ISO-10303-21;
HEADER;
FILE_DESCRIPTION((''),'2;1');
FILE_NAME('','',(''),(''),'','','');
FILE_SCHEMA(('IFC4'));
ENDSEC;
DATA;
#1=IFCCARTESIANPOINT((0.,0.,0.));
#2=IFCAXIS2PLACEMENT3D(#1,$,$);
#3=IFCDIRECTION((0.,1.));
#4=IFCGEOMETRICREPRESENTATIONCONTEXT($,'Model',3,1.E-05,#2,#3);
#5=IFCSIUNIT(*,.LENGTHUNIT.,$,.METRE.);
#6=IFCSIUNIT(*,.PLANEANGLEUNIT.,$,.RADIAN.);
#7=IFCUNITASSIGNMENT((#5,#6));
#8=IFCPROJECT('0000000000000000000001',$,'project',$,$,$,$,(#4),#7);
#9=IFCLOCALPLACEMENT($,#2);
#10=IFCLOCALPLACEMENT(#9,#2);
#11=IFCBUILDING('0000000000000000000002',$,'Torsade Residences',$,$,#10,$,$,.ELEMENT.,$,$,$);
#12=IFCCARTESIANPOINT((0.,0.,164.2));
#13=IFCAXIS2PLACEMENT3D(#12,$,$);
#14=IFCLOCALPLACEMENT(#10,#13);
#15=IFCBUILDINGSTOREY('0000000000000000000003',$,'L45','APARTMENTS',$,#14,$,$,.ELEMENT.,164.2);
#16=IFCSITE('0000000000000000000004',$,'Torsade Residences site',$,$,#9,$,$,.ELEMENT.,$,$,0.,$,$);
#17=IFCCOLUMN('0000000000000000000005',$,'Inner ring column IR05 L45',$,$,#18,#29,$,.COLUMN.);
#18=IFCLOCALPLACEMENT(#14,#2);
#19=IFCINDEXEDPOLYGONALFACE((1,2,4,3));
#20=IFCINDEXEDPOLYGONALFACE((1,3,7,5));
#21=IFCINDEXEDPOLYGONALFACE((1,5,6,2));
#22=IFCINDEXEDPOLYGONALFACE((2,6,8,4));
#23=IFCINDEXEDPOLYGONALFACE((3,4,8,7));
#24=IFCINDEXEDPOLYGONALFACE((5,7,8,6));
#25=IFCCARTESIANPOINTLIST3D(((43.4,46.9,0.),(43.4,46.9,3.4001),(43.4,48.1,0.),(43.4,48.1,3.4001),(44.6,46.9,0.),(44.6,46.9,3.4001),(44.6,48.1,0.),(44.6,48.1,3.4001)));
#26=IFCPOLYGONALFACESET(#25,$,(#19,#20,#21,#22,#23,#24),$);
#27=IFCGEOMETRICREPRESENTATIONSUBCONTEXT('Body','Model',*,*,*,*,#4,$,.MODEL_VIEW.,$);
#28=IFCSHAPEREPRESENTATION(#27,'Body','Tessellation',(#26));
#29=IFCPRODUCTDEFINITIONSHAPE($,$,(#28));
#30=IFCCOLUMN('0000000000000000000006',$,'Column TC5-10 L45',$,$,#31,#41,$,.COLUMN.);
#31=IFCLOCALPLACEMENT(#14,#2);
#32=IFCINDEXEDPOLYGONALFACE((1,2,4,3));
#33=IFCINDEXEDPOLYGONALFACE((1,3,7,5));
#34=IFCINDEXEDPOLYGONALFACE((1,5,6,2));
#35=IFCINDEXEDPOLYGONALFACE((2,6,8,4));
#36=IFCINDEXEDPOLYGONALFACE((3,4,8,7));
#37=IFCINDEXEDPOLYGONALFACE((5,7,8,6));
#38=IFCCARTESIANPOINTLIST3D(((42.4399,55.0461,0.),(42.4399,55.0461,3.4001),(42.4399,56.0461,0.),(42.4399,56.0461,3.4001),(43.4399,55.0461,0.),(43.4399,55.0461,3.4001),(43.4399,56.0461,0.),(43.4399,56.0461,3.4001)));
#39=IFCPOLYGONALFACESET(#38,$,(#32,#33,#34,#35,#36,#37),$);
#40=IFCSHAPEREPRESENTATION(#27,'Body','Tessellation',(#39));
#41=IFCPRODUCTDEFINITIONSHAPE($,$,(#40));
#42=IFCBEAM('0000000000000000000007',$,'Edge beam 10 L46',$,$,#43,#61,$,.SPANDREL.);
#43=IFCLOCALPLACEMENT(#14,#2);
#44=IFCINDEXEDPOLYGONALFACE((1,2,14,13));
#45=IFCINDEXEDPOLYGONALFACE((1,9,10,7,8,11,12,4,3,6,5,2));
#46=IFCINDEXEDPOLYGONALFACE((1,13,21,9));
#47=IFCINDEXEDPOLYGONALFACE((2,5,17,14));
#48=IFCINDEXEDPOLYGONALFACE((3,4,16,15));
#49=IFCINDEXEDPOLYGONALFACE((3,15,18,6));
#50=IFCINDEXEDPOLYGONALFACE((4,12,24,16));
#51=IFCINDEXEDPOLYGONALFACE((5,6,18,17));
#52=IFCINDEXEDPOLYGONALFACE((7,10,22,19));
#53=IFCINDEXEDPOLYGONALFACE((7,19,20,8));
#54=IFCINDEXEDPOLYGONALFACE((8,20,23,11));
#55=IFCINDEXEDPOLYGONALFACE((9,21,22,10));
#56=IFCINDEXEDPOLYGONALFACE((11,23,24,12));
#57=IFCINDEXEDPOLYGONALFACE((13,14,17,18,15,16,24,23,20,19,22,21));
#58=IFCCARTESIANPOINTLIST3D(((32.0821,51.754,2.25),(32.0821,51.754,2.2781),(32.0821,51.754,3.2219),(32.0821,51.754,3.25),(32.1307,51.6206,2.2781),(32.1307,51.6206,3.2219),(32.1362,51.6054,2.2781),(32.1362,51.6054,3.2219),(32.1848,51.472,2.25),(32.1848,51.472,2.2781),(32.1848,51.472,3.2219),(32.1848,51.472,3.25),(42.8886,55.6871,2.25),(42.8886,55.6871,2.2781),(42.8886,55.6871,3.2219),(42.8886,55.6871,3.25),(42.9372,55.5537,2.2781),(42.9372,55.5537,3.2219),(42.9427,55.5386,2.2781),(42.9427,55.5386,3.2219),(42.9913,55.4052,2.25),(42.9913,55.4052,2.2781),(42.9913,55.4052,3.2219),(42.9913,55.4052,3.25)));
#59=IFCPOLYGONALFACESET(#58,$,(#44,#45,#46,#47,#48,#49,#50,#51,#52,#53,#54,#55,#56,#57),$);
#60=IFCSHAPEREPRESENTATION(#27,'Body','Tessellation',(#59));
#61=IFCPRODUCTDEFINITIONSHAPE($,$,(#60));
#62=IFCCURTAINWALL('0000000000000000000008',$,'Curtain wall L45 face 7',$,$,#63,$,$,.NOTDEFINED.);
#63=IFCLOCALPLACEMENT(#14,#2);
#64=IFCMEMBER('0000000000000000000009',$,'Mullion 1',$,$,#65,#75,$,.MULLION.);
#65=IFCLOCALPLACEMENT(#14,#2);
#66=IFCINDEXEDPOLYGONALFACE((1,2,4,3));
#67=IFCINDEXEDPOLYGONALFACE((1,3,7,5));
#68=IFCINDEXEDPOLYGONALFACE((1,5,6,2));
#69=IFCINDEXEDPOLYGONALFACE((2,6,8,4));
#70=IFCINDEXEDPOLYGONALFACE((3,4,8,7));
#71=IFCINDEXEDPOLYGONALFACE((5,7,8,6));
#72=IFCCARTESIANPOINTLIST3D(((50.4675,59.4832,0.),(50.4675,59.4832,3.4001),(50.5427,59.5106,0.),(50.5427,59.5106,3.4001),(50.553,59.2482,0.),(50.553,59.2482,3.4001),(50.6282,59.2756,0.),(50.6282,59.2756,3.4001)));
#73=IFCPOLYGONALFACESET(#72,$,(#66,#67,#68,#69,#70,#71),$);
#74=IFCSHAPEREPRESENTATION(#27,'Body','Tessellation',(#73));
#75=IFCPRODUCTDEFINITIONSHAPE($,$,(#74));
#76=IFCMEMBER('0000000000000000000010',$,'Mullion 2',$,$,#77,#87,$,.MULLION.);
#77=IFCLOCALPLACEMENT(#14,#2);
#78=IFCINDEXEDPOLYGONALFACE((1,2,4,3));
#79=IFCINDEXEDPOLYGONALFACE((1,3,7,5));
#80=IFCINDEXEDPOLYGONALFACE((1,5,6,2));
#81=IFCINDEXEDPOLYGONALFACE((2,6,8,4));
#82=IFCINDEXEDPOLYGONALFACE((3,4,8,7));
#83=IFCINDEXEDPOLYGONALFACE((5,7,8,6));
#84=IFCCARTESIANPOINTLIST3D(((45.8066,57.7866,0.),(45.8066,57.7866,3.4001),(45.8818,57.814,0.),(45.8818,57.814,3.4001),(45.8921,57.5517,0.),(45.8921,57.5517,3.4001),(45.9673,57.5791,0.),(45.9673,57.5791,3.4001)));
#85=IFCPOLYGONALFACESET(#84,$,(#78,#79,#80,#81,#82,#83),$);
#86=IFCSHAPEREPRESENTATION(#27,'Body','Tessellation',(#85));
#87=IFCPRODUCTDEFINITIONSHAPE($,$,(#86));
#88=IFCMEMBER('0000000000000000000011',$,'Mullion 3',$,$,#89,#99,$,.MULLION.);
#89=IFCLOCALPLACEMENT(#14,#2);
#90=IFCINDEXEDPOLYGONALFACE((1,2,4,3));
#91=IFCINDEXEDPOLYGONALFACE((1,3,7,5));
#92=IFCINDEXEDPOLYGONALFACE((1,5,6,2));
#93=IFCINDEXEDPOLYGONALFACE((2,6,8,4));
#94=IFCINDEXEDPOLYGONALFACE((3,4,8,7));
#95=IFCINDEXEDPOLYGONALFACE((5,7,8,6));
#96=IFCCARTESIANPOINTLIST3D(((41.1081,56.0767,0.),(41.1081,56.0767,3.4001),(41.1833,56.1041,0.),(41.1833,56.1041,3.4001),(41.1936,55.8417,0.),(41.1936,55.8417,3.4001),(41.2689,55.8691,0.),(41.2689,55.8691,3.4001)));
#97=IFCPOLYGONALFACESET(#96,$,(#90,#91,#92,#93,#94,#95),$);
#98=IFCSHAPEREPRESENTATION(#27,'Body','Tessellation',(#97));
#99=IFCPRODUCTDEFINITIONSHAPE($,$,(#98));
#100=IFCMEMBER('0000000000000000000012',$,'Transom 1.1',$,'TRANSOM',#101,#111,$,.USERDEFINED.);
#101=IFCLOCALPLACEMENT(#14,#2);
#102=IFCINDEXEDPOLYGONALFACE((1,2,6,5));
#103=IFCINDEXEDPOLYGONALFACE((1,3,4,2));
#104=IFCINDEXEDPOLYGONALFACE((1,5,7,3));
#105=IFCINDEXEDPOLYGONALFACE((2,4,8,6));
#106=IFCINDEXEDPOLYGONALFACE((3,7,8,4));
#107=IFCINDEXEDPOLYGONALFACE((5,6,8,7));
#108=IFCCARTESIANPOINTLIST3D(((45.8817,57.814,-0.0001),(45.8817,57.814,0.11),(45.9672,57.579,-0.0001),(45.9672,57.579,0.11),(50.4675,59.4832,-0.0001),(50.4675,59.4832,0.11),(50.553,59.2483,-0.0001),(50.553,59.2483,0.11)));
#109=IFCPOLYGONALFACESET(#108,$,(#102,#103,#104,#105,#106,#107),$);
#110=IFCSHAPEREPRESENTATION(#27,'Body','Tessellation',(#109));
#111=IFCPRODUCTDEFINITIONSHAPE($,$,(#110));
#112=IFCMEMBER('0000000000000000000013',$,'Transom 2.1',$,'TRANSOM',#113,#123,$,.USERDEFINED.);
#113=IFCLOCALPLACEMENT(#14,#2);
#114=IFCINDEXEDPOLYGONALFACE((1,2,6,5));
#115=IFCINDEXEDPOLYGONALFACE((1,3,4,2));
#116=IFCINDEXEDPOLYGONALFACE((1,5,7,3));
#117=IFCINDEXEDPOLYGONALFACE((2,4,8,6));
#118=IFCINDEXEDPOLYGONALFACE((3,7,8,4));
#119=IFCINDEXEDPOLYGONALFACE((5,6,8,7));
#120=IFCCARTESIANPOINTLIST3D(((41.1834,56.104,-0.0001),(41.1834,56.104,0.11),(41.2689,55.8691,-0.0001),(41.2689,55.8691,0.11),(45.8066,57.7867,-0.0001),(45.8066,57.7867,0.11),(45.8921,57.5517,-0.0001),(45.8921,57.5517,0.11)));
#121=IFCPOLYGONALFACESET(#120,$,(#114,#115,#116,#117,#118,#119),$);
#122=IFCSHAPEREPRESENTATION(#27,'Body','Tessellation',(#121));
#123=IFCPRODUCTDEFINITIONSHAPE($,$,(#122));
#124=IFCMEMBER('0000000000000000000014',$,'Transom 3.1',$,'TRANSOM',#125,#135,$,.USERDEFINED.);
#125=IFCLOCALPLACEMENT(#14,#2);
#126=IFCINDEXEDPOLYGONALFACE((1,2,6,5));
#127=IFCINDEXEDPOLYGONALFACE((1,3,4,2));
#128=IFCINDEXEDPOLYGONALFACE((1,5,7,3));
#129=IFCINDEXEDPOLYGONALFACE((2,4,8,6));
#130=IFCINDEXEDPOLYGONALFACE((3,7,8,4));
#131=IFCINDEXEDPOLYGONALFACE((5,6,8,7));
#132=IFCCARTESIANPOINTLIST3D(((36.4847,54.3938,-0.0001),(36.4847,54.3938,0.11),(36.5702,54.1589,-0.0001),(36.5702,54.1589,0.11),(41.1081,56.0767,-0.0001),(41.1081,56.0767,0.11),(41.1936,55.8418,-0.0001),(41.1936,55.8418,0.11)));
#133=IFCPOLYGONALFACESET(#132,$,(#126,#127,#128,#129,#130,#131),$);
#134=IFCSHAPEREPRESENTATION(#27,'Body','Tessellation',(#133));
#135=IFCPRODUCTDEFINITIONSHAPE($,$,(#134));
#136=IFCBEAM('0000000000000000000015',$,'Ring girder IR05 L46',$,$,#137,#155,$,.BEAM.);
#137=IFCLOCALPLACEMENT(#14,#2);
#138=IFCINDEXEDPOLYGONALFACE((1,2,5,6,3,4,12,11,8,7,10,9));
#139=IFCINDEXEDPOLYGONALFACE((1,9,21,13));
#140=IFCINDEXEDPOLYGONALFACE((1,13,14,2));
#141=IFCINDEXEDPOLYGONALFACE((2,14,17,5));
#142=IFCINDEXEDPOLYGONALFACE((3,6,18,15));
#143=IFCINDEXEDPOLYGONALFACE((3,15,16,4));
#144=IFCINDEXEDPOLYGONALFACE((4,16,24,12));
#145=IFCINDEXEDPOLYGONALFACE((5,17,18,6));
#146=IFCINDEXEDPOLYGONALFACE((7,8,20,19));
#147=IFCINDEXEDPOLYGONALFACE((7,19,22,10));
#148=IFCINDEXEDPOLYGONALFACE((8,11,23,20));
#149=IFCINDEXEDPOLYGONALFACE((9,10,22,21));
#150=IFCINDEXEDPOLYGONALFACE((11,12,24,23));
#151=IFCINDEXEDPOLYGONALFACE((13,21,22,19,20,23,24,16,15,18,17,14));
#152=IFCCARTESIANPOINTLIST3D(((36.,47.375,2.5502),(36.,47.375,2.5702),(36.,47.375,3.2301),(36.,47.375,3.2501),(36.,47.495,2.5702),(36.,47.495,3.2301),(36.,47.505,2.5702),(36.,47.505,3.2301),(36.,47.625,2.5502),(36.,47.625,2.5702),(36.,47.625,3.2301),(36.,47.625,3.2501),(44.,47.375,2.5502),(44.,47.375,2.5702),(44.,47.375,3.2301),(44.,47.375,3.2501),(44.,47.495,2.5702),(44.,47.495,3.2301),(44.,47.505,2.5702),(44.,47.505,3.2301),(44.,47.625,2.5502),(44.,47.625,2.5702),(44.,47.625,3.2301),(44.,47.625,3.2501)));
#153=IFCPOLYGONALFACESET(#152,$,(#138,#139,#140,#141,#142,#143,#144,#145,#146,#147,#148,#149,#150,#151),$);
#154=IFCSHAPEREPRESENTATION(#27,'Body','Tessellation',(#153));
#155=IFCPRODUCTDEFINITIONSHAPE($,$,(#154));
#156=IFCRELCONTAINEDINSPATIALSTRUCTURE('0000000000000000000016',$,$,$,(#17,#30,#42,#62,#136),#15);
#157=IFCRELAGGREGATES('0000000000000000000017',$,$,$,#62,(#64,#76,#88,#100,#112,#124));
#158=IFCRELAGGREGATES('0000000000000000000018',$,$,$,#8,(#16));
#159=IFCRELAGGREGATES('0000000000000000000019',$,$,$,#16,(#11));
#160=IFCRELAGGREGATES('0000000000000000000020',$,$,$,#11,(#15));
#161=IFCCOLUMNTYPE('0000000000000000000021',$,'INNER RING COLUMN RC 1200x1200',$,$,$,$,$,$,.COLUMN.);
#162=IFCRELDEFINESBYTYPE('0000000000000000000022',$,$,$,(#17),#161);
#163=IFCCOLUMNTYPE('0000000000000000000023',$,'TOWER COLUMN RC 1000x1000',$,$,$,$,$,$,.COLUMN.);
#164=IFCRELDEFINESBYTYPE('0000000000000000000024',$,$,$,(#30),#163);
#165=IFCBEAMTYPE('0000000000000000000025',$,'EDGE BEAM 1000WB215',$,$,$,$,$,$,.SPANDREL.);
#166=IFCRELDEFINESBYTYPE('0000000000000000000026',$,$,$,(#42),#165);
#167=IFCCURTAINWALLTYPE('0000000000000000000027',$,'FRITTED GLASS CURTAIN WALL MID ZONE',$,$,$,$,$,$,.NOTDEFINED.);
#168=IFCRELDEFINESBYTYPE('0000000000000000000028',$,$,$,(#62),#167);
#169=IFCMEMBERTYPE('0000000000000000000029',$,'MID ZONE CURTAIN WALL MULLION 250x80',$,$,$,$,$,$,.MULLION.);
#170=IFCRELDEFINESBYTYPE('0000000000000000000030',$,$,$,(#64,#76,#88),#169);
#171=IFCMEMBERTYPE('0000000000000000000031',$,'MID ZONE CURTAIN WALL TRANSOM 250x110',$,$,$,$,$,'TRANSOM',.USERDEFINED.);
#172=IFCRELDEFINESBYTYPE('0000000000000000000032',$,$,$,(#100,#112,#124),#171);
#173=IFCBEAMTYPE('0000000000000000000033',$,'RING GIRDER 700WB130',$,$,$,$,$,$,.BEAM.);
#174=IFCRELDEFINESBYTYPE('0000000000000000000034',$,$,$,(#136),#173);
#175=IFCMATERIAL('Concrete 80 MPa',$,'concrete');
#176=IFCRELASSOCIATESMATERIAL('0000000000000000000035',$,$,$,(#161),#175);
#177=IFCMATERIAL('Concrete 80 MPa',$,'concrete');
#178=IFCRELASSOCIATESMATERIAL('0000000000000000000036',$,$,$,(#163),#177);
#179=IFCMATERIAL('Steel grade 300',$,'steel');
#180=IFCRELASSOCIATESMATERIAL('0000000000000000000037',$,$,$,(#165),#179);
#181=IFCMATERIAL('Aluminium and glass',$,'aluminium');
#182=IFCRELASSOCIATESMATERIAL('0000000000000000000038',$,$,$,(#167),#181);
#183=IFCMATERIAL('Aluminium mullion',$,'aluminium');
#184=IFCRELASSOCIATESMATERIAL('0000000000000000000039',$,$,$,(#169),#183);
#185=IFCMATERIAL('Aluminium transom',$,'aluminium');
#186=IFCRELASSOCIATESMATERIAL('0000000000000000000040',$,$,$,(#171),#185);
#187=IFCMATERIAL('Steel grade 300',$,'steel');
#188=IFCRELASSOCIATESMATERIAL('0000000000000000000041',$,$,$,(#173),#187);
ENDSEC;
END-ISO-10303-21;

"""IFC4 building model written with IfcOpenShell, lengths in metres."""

from ifc_helpers import new_model, si_unit, direction, frame, origin, origin_2d, place, context, subcontext, project, spatial, rectangle, i_section, extrude, material, material_profile, profile_set, type_object, element, aggregate, save


model = new_model("IFC4")

# Units and contexts
model_context = context("Model", 3, precision=1e-05, world=origin(), true_north=direction((0.0, 1.0)))
body_context = subcontext(model_context, "Body", "Model", "MODEL_VIEW")
ifc_project = project(units=[si_unit("LENGTHUNIT", "METRE"), si_unit("PLANEANGLEUNIT", "RADIAN")], contexts=[model_context])

# Site, building, storey
site_placement = place(None, origin())
site = spatial("IfcSite", under=ifc_project, at=site_placement, Name="Torsade Residences site", CompositionType="ELEMENT", RefElevation=0.0)
building_placement = place(site_placement, origin())
building = spatial("IfcBuilding", under=site, at=building_placement, Name="Torsade Residences", CompositionType="ELEMENT")
storey_placement = place(building_placement, frame((0.0, 0.0, 164.2)))
storey = spatial("IfcBuildingStorey", under=building, at=storey_placement, Name="L45", Description="APARTMENTS", CompositionType="ELEMENT", Elevation=164.2)

# Columns
ifc_material_1 = material(Name="Concrete 80 MPa", Category="concrete")
ifc_material_profile_1 = material_profile(ifc_material_1, rectangle(XDim=1.2, YDim=1.2, at=origin_2d()), Name="RC 1200x1200")
ifc_profile_set_1 = profile_set([ifc_material_profile_1], Name="Concrete 80 MPa")
column_type_1 = type_object("IfcColumnType", Name="INNER RING COLUMN RC 1200x1200", PredefinedType="COLUMN", material=ifc_profile_set_1)
column_1_placement = place(storey_placement, frame((44.0, 47.5, 0.0), z_axis=(0.0, 0.0, 1.0), x_axis=(1.0, 0.0, 0.0)))
element("IfcColumn", 1, at=column_1_placement, inside=storey, type_object=column_type_1, Name="Inner ring column IR05 L45", PredefinedType="COLUMN", context=body_context, shape_type="SweptSolid", body=[
    extrude(rectangle(XDim=1.2, YDim=1.2, at=origin_2d()), origin(), (0.0, 0.0, 1.0), 3.4001),
])
ifc_material_2 = material(Name="Concrete 80 MPa", Category="concrete")
ifc_material_profile_2 = material_profile(ifc_material_2, rectangle(XDim=1.0, YDim=1.0, at=origin_2d()), Name="RC 1000x1000")
ifc_profile_set_2 = profile_set([ifc_material_profile_2], Name="Concrete 80 MPa")
column_type_2 = type_object("IfcColumnType", Name="TOWER COLUMN RC 1000x1000", PredefinedType="COLUMN", material=ifc_profile_set_2)
column_2_placement = place(storey_placement, frame((42.9399, 55.5461, 0.0), z_axis=(0.0, 0.0, 1.0), x_axis=(1.0, 0.0, 0.0)))
element("IfcColumn", 2, at=column_2_placement, inside=storey, type_object=column_type_2, Name="Column TC5-10 L45", PredefinedType="COLUMN", context=body_context, shape_type="SweptSolid", body=[
    extrude(rectangle(XDim=1.0, YDim=1.0, at=origin_2d()), origin(), (0.0, 0.0, 1.0), 3.4001),
])

# Beam
ifc_material_3 = material(Name="Steel grade 300", Category="steel")
ifc_material_profile_3 = material_profile(ifc_material_3, i_section(OverallWidth=0.3, OverallDepth=1.0, WebThickness=0.0161, FlangeThickness=0.0281, at=origin_2d()), Name="1000WB215")
ifc_profile_set_3 = profile_set([ifc_material_profile_3], Name="Steel grade 300")
beam_type_1 = type_object("IfcBeamType", Name="EDGE BEAM 1000WB215", PredefinedType="SPANDREL", material=ifc_profile_set_3)
beam_1_placement = place(storey_placement, frame((42.9399, 55.5461, 2.75), z_axis=(-0.939695, -0.342012, 0.0), x_axis=(0.342012, -0.939695, 0.0)))
element("IfcBeam", 3, at=beam_1_placement, inside=storey, type_object=beam_type_1, Name="Edge beam 10 L46", PredefinedType="SPANDREL", context=body_context, shape_type="SweptSolid", body=[
    extrude(i_section(OverallWidth=0.3, OverallDepth=1.0, WebThickness=0.0161, FlangeThickness=0.0281, at=origin_2d()), origin(), (0.0, 0.0, 1.0), 11.5),
])

# Curtain wall, members
ifc_material_4 = material(Name="Aluminium and glass", Category="aluminium")
curtain_wall_type = type_object("IfcCurtainWallType", Name="FRITTED GLASS CURTAIN WALL MID ZONE", PredefinedType="NOTDEFINED", material=ifc_material_4)
curtain_wall_placement = place(storey_placement, origin())
curtain_wall = element("IfcCurtainWall", 4, at=curtain_wall_placement, inside=storey, type_object=curtain_wall_type, Name="Curtain wall L45 face 7", PredefinedType="NOTDEFINED")
ifc_material_5 = material(Name="Aluminium mullion", Category="aluminium")
ifc_material_profile_4 = material_profile(ifc_material_5, rectangle(XDim=0.25, YDim=0.0801, at=origin_2d()), Name="MID ZONE CURTAIN WALL MULLION 250x80")
ifc_profile_set_4 = profile_set([ifc_material_profile_4], Name="Aluminium mullion")
member_type_1 = type_object("IfcMemberType", Name="MID ZONE CURTAIN WALL MULLION 250x80", PredefinedType="MULLION", material=ifc_profile_set_4)
member_1_placement = place(storey_placement, frame((50.5479, 59.3794, 0.0), z_axis=(0.0, 0.0, 1.0), x_axis=(0.34202, -0.939693, 0.0)))
member_1 = element("IfcMember", 5, at=member_1_placement, type_object=member_type_1, Name="Mullion 1", PredefinedType="MULLION", context=body_context, shape_type="SweptSolid", body=[
    extrude(rectangle(XDim=0.25, YDim=0.0801, at=origin_2d()), origin(), (0.0, 0.0, 1.0), 3.4001),
])
member_2_placement = place(storey_placement, frame((45.887, 57.6829, 0.0), z_axis=(0.0, 0.0, 1.0), x_axis=(0.34202, -0.939693, 0.0)))
member_2 = element("IfcMember", 6, at=member_2_placement, type_object=member_type_1, Name="Mullion 2", PredefinedType="MULLION", context=body_context, shape_type="SweptSolid", body=[
    extrude(rectangle(XDim=0.25, YDim=0.0801, at=origin_2d()), origin(), (0.0, 0.0, 1.0), 3.4001),
])
member_3_placement = place(storey_placement, frame((41.1885, 55.9729, 0.0), z_axis=(0.0, 0.0, 1.0), x_axis=(0.34202, -0.939693, 0.0)))
member_3 = element("IfcMember", 7, at=member_3_placement, type_object=member_type_1, Name="Mullion 3", PredefinedType="MULLION", context=body_context, shape_type="SweptSolid", body=[
    extrude(rectangle(XDim=0.25, YDim=0.0801, at=origin_2d()), origin(), (0.0, 0.0, 1.0), 3.4001),
])
ifc_material_6 = material(Name="Aluminium transom", Category="aluminium")
ifc_material_profile_5 = material_profile(ifc_material_6, rectangle(XDim=0.25, YDim=0.1101, at=origin_2d()), Name="MID ZONE CURTAIN WALL TRANSOM 250x110")
ifc_profile_set_5 = profile_set([ifc_material_profile_5], Name="Aluminium transom")
member_type_2 = type_object("IfcMemberType", Name="MID ZONE CURTAIN WALL TRANSOM 250x110", ElementType="TRANSOM", PredefinedType="USERDEFINED", material=ifc_profile_set_5)
member_4_placement = place(storey_placement, frame((50.5103, 59.3657, 0.0549), z_axis=(-0.939684, -0.342044, 0.0), x_axis=(0.342044, -0.939684, 0.0)))
member_4 = element("IfcMember", 8, at=member_4_placement, type_object=member_type_2, Name="Transom 1.1", ObjectType="TRANSOM", PredefinedType="USERDEFINED", context=body_context, shape_type="SweptSolid", body=[
    extrude(rectangle(XDim=0.25, YDim=0.1101, at=origin_2d()), origin(), (0.0, 0.0, 1.0), 4.8801),
])
member_5_placement = place(storey_placement, frame((45.8494, 57.6692, 0.0549), z_axis=(-0.939701, -0.341998, 0.0), x_axis=(0.341998, -0.939701, 0.0)))
member_5 = element("IfcMember", 9, at=member_5_placement, type_object=member_type_2, Name="Transom 2.1", ObjectType="TRANSOM", PredefinedType="USERDEFINED", context=body_context, shape_type="SweptSolid", body=[
    extrude(rectangle(XDim=0.25, YDim=0.1101, at=origin_2d()), origin(), (0.0, 0.0, 1.0), 4.9199),
])
member_6_placement = place(storey_placement, frame((41.1509, 55.9592, 0.0549), z_axis=(-0.939685, -0.342042, 0.0), x_axis=(0.342042, -0.939685, 0.0)))
member_6 = element("IfcMember", 10, at=member_6_placement, type_object=member_type_2, Name="Transom 3.1", ObjectType="TRANSOM", PredefinedType="USERDEFINED", context=body_context, shape_type="SweptSolid", body=[
    extrude(rectangle(XDim=0.25, YDim=0.1101, at=origin_2d()), origin(), (0.0, 0.0, 1.0), 4.9202),
])

# Beam
ifc_material_7 = material(Name="Steel grade 300", Category="steel")
ifc_material_profile_6 = material_profile(ifc_material_7, i_section(OverallWidth=0.25, OverallDepth=0.7, WebThickness=0.01, FlangeThickness=0.02, at=origin_2d()), Name="700WB130")
ifc_profile_set_6 = profile_set([ifc_material_profile_6], Name="Steel grade 300")
beam_type_2 = type_object("IfcBeamType", Name="RING GIRDER 700WB130", PredefinedType="BEAM", material=ifc_profile_set_6)
beam_2_placement = place(storey_placement, frame((44.0, 47.5, 2.9001), z_axis=(-1.0, 0.0, 0.0), x_axis=(0.0, -1.0, 0.0)))
element("IfcBeam", 11, at=beam_2_placement, inside=storey, type_object=beam_type_2, Name="Ring girder IR05 L46", PredefinedType="BEAM", context=body_context, shape_type="SweptSolid", body=[
    extrude(i_section(OverallWidth=0.25, OverallDepth=0.7, WebThickness=0.01, FlangeThickness=0.02, at=origin_2d()), origin(), (0.0, 0.0, 1.0), 8.0),
])

aggregate(curtain_wall, [member_1, member_2, member_3, member_4, member_5, member_6])

save(model, "model.ifc")
